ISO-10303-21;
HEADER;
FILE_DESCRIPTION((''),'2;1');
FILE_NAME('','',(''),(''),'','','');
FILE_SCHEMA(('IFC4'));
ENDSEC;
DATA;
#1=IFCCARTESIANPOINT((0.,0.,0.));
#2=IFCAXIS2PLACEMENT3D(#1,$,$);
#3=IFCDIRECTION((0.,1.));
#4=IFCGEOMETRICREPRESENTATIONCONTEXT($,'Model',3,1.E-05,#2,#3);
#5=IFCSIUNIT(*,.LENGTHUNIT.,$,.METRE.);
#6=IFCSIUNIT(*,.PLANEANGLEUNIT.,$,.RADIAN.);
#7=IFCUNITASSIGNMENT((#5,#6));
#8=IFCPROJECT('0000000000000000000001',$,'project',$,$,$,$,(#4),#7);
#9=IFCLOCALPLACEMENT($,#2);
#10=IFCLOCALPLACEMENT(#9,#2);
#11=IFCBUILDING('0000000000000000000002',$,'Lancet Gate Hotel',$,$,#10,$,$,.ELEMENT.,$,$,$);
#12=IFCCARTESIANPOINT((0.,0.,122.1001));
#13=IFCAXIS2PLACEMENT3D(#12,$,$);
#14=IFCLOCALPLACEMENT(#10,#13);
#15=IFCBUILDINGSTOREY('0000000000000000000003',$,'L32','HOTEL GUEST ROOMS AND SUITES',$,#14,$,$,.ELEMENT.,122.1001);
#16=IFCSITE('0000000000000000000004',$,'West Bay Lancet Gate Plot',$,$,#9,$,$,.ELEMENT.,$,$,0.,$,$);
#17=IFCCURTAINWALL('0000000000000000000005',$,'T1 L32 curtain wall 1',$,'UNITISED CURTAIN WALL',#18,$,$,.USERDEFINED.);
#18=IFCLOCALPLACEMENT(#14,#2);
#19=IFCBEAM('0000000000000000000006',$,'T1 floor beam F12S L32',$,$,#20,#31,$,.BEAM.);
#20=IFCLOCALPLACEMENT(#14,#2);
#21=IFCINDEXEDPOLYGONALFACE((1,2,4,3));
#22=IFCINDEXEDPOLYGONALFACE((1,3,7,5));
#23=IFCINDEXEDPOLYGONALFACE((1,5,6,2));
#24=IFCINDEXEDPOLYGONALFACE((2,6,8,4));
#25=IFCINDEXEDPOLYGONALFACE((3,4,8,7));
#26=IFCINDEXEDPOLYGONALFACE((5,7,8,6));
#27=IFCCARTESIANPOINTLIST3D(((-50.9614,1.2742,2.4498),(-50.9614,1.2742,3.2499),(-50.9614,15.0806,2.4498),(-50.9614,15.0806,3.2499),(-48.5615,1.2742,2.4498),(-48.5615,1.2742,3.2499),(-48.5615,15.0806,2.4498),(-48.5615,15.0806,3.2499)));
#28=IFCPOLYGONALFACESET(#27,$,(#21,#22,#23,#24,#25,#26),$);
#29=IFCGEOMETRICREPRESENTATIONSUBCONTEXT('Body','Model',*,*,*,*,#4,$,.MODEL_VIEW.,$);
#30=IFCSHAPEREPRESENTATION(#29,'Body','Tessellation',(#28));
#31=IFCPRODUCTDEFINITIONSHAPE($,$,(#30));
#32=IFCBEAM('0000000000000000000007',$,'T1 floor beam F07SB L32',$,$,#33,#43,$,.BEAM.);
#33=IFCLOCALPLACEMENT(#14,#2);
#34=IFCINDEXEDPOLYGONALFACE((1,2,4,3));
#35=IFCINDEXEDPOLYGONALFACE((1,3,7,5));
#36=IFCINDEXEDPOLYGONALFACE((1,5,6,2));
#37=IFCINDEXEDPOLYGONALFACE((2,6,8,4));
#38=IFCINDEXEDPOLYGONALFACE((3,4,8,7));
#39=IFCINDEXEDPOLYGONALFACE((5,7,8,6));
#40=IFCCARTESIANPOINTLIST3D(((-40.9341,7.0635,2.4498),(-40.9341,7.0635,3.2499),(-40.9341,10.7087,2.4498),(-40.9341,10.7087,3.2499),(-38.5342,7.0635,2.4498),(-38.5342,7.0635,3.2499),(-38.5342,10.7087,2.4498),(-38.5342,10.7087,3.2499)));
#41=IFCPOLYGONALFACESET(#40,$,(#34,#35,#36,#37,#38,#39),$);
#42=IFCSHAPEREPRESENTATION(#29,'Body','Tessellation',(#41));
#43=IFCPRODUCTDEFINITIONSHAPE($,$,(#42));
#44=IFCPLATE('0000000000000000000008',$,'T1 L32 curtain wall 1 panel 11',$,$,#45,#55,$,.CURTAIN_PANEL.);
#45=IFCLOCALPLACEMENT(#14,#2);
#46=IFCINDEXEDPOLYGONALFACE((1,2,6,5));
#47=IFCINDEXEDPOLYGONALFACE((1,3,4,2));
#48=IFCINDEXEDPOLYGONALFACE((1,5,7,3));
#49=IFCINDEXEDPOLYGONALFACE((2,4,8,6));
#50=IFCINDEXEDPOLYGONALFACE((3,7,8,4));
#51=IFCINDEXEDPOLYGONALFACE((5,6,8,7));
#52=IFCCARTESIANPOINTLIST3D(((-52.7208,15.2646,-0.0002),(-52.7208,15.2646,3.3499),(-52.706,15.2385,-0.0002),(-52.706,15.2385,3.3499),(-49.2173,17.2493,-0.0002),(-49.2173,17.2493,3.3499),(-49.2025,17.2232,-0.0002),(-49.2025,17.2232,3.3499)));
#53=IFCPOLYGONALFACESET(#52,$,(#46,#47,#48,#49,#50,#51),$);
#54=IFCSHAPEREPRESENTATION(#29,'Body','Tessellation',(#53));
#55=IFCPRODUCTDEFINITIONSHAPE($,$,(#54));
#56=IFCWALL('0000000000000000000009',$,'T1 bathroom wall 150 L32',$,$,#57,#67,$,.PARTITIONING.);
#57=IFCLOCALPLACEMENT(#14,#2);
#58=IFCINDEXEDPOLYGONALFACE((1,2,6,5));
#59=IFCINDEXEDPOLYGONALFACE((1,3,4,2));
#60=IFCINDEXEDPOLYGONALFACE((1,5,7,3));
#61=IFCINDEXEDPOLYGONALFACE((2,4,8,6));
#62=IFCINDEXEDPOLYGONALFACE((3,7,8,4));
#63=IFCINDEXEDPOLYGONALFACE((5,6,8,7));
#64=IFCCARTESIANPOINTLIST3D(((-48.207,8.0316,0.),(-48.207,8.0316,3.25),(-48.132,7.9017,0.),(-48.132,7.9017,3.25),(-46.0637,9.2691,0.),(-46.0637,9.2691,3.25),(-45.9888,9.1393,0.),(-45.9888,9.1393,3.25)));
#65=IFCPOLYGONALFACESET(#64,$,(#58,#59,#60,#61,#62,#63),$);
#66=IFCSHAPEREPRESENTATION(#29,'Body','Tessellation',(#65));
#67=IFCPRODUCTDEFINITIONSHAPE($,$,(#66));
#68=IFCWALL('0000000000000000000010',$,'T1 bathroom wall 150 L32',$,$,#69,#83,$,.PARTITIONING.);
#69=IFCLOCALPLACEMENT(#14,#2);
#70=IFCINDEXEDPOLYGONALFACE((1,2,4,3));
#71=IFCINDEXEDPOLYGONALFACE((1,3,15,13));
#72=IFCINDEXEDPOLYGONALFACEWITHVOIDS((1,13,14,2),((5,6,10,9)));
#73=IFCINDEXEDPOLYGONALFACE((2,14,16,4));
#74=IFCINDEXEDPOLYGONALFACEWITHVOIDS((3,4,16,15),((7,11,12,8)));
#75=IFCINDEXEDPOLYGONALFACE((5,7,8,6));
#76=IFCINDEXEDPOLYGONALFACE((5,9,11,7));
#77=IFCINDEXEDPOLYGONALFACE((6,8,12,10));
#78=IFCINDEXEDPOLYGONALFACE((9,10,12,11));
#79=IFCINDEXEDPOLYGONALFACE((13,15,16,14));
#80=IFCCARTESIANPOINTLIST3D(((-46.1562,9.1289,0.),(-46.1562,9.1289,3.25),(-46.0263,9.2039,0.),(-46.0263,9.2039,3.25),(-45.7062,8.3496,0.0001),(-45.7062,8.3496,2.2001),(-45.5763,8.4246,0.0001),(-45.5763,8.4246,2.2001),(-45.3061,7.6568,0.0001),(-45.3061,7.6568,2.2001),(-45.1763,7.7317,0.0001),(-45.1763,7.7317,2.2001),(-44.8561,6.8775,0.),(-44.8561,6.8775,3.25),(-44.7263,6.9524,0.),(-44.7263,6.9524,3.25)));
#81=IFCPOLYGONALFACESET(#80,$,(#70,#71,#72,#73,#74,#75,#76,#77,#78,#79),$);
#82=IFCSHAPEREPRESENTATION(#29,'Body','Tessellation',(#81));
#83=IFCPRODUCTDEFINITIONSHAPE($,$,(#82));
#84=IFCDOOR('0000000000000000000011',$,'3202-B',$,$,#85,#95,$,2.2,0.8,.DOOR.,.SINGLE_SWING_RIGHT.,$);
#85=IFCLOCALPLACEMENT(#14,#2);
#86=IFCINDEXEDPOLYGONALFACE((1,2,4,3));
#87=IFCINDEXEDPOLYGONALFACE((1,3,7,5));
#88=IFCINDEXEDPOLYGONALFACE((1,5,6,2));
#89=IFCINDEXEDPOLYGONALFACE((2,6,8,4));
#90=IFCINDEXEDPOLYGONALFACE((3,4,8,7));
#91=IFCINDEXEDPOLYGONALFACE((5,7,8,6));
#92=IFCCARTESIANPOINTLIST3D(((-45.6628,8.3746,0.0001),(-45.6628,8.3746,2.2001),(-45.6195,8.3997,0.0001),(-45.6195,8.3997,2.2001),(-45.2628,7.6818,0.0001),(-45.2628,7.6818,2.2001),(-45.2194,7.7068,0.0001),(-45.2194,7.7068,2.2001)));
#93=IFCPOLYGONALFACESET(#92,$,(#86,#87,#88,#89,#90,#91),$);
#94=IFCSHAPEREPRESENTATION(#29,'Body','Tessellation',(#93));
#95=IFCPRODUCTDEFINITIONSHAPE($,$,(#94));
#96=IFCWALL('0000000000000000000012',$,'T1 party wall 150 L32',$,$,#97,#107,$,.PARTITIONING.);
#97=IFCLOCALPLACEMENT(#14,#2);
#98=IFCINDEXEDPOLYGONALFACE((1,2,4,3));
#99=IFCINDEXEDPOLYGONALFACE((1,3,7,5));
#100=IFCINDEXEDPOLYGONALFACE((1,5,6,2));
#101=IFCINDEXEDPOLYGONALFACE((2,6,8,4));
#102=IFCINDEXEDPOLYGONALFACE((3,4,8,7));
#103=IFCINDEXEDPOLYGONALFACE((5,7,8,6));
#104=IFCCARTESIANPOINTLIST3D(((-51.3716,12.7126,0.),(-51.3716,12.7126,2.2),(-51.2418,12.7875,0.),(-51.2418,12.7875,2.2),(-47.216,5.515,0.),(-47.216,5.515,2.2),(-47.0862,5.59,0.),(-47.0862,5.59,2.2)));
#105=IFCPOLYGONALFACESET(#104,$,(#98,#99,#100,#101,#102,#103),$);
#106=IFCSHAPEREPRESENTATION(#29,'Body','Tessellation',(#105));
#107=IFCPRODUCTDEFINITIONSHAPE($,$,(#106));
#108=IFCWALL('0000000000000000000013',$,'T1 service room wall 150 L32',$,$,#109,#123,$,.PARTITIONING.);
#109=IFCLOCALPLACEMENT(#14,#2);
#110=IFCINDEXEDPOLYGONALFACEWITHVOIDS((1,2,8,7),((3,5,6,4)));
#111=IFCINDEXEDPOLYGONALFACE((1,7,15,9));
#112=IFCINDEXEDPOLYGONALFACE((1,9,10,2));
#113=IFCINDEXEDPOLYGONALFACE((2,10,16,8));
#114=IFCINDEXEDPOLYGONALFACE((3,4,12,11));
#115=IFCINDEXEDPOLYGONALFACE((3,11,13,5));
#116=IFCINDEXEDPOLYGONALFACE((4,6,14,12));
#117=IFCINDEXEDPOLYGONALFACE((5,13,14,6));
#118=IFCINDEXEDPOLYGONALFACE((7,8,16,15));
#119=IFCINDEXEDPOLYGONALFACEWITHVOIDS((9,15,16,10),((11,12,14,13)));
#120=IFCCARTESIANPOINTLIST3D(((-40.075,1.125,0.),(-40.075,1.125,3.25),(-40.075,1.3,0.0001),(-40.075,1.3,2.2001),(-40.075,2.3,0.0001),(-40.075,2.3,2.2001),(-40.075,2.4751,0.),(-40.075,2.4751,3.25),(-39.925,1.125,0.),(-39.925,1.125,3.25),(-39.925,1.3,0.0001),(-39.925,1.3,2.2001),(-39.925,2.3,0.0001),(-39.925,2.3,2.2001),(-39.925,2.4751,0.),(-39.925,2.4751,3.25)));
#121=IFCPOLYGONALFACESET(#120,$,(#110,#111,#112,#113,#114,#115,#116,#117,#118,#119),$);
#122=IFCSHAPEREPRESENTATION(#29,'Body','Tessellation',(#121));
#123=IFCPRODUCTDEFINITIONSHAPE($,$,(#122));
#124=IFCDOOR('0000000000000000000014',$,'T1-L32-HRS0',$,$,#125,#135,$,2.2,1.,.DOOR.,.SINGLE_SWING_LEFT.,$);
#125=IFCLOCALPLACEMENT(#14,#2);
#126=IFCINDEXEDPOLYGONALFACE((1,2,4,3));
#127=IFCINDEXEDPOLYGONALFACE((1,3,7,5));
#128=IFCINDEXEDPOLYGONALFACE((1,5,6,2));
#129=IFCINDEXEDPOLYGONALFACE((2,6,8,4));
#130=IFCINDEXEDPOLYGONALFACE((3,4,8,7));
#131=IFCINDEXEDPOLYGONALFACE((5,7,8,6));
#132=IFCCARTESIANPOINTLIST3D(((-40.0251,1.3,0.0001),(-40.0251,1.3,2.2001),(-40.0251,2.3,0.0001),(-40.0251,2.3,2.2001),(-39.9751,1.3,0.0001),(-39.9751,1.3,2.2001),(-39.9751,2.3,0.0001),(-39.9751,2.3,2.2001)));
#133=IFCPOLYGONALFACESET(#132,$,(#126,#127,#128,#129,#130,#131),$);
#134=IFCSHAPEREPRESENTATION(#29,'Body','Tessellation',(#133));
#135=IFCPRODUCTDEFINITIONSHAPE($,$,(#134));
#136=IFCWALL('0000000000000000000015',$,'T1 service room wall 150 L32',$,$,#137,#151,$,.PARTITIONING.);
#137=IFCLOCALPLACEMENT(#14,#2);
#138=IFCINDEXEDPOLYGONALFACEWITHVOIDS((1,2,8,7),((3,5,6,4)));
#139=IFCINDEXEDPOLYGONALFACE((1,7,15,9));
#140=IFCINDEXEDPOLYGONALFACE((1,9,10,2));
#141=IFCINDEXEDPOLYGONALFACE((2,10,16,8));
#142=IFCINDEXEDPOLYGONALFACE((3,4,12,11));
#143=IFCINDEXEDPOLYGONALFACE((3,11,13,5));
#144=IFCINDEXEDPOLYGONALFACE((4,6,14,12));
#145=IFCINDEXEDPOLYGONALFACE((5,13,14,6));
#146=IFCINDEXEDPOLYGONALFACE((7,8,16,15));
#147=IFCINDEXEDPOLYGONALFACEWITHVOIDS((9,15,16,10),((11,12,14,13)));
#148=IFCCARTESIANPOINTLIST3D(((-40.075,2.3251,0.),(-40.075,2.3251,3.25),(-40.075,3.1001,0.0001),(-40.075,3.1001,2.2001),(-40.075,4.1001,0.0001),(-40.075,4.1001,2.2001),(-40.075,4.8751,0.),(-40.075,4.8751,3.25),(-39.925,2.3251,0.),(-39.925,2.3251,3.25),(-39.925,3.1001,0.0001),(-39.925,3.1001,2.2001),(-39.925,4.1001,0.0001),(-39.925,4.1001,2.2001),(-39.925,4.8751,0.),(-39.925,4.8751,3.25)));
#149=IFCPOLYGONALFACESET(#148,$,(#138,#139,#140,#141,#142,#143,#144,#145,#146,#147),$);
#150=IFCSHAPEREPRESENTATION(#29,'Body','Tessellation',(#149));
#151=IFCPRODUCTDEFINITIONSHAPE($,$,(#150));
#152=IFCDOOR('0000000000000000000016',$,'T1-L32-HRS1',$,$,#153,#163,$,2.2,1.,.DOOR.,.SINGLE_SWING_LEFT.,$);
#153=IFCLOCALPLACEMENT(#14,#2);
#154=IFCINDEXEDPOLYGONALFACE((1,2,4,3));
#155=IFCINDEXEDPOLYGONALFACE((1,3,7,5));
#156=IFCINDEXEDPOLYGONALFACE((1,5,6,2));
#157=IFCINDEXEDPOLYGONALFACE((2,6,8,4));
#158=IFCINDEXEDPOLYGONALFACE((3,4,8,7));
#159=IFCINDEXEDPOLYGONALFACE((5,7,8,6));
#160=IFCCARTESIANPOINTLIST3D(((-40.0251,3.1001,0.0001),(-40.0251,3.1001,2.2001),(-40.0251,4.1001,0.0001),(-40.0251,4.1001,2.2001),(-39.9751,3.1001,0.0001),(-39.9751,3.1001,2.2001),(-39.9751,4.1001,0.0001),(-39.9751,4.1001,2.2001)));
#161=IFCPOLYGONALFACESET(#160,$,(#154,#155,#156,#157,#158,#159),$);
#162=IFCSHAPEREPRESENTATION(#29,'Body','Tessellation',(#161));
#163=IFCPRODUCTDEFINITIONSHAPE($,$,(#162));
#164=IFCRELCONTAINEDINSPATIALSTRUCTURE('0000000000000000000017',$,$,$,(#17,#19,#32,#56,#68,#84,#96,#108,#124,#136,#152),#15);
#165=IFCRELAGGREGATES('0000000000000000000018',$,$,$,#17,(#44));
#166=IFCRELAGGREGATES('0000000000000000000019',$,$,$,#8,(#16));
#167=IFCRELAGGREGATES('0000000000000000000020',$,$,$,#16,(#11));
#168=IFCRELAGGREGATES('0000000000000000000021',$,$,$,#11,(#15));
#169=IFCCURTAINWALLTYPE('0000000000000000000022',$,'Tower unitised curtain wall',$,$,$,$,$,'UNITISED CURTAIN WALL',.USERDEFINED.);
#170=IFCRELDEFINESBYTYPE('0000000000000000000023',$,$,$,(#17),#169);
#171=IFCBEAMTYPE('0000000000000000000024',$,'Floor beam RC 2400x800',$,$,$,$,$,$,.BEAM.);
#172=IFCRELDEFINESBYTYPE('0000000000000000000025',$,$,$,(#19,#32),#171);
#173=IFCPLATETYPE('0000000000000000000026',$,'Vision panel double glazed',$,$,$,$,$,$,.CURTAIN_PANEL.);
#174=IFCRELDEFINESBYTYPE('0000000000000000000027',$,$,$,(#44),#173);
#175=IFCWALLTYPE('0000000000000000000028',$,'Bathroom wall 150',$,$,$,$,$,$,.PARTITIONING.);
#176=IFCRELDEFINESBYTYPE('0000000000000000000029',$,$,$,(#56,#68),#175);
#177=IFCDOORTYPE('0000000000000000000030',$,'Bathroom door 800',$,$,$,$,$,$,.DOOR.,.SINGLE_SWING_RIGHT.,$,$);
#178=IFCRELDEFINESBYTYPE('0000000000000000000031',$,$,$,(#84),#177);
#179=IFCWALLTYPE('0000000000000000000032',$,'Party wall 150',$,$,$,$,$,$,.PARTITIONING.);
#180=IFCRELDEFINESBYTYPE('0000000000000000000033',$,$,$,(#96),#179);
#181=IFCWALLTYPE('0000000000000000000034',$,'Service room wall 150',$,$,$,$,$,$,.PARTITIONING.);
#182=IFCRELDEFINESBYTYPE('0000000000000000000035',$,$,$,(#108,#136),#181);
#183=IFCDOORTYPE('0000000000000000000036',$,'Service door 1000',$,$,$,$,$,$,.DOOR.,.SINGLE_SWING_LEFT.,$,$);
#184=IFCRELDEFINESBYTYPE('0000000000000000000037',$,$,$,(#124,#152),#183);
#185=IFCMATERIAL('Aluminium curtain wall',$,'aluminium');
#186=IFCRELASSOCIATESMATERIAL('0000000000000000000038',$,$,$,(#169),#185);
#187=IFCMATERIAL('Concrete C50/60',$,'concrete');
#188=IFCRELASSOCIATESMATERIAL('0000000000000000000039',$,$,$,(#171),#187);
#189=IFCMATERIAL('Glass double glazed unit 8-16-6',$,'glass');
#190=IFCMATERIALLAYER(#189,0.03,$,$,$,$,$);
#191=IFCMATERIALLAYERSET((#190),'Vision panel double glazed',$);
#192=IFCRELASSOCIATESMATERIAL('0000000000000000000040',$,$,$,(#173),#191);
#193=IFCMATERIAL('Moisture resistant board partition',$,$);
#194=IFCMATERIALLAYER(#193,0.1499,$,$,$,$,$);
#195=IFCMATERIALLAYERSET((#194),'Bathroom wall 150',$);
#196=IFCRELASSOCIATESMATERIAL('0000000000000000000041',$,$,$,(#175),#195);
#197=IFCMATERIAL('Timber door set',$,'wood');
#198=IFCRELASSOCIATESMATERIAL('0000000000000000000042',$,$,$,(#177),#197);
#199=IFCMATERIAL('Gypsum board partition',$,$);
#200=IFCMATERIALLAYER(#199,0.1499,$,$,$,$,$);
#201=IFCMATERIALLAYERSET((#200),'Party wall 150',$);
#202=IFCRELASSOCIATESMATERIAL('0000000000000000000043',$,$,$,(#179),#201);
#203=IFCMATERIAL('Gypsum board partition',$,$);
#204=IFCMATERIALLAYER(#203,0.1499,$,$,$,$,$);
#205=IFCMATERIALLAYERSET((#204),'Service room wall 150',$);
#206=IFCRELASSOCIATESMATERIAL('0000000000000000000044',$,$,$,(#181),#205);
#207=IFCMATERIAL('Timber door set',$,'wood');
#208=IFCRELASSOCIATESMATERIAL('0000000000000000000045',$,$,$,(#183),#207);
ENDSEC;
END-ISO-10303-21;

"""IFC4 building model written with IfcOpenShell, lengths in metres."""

from ifc_helpers import new_model, si_unit, direction, frame, frame_2d, origin, origin_2d, place, context, subcontext, project, spatial, rectangle, extrude, material, layer, layer_set, material_profile, profile_set, type_object, element, fill, aggregate, save


model = new_model("IFC4")

# Units and contexts
model_context = context("Model", 3, precision=1e-05, world=origin(), true_north=direction((0.0, 1.0)))
body_context = subcontext(model_context, "Body", "Model", "MODEL_VIEW")
ifc_project = project(units=[si_unit("LENGTHUNIT", "METRE"), si_unit("PLANEANGLEUNIT", "RADIAN")], contexts=[model_context])

# Site, building, storey
site_placement = place(None, origin())
site = spatial("IfcSite", under=ifc_project, at=site_placement, Name="West Bay Lancet Gate Plot", CompositionType="ELEMENT", RefElevation=0.0)
building_placement = place(site_placement, origin())
building = spatial("IfcBuilding", under=site, at=building_placement, Name="Lancet Gate Hotel", CompositionType="ELEMENT")
storey_placement = place(building_placement, frame((0.0, 0.0, 122.1001)))
storey = spatial("IfcBuildingStorey", under=building, at=storey_placement, Name="L32", Description="HOTEL GUEST ROOMS AND SUITES", CompositionType="ELEMENT", Elevation=122.1001)

# Curtain wall
ifc_material_1 = material(Name="Aluminium curtain wall", Category="aluminium")
curtain_wall_type = type_object("IfcCurtainWallType", Name="Tower unitised curtain wall", ElementType="UNITISED CURTAIN WALL", PredefinedType="USERDEFINED", material=ifc_material_1)
curtain_wall_placement = place(storey_placement, origin())
curtain_wall = element("IfcCurtainWall", 1, at=curtain_wall_placement, inside=storey, type_object=curtain_wall_type, Name="T1 L32 curtain wall 1", ObjectType="UNITISED CURTAIN WALL", PredefinedType="USERDEFINED")

# Beams
ifc_material_2 = material(Name="Concrete C50/60", Category="concrete")
ifc_material_profile_1 = material_profile(ifc_material_2, rectangle(XDim=2.3999, YDim=0.8, at=origin_2d()), Name="RC 2400x800")
ifc_profile_set_1 = profile_set([ifc_material_profile_1], Name="Concrete C50/60")
beam_type_1 = type_object("IfcBeamType", Name="Floor beam RC 2400x800", PredefinedType="BEAM", material=ifc_profile_set_1)
beam_1_placement = place(storey_placement, frame((-49.7615, 15.0806, 2.8499), z_axis=(0.0, -1.0, 0.0), x_axis=(1.0, 0.0, 0.0)))
element("IfcBeam", 2, at=beam_1_placement, inside=storey, type_object=beam_type_1, Name="T1 floor beam F12S L32", PredefinedType="BEAM", context=body_context, shape_type="SweptSolid", body=[
    extrude(rectangle(XDim=2.3999, YDim=0.8, at=origin_2d()), origin(), (0.0, 0.0, 1.0), 13.8064),
])
beam_2_placement = place(storey_placement, frame((-39.7341, 10.7087, 2.8499), z_axis=(0.0, -1.0, 0.0), x_axis=(1.0, 0.0, 0.0)))
element("IfcBeam", 3, at=beam_2_placement, inside=storey, type_object=beam_type_1, Name="T1 floor beam F07SB L32", PredefinedType="BEAM", context=body_context, shape_type="SweptSolid", body=[
    extrude(rectangle(XDim=2.3999, YDim=0.8, at=origin_2d()), origin(), (0.0, 0.0, 1.0), 3.6453),
])

# Plate
ifc_material_3 = material(Name="Glass double glazed unit 8-16-6", Category="glass")
ifc_layer_1 = layer(ifc_material_3, 0.03)
ifc_layer_set_1 = layer_set([ifc_layer_1], Name="Vision panel double glazed")
plate_type = type_object("IfcPlateType", Name="Vision panel double glazed", PredefinedType="CURTAIN_PANEL", material=ifc_layer_set_1)
plate_placement = place(storey_placement, frame((-50.9617, 16.2439, -0.0002), z_axis=(0.0, 0.0, 1.0), x_axis=(-0.870084, -0.492904, 0.0)))
plate = element("IfcPlate", 4, at=plate_placement, type_object=plate_type, Name="T1 L32 curtain wall 1 panel 11", PredefinedType="CURTAIN_PANEL", context=body_context, shape_type="SweptSolid", body=[
    extrude(rectangle(XDim=4.0266, YDim=0.03, at=origin_2d()), origin(), (0.0, 0.0, 1.0), 3.3501),
])
aggregate(curtain_wall, [plate])

# Wall
ifc_material_4 = material(Name="Moisture resistant board partition")
ifc_layer_2 = layer(ifc_material_4, 0.1499)
ifc_layer_set_2 = layer_set([ifc_layer_2], Name="Bathroom wall 150")
wall_type_1 = type_object("IfcWallType", Name="Bathroom wall 150", PredefinedType="PARTITIONING", material=ifc_layer_set_2)
wall_1_placement = place(storey_placement, frame((-46.0264, 9.2041, 0.0), z_axis=(0.0, 0.0, 1.0), x_axis=(-0.866007, -0.500033, 0.0)))
element("IfcWall", 5, at=wall_1_placement, inside=storey, type_object=wall_type_1, Name="T1 bathroom wall 150 L32", PredefinedType="PARTITIONING", context=body_context, shape_type="SweptSolid", body=[
    extrude(rectangle(XDim=2.4749, YDim=0.1499, at=frame_2d((1.2373, 0.0))), origin(), (0.0, 0.0, 1.0), 3.25),
])

# Wall, opening, door
wall_2_placement = place(storey_placement, frame((-44.7913, 6.915, 0.0), z_axis=(0.0, 0.0, 1.0), x_axis=(-0.500048, 0.865998, 0.0)))
wall_2 = element("IfcWall", 6, at=wall_2_placement, inside=storey, type_object=wall_type_1, Name="T1 bathroom wall 150 L32", PredefinedType="PARTITIONING", context=body_context, shape_type="SweptSolid", body=[
    extrude(rectangle(XDim=2.5999, YDim=0.1499, at=frame_2d((1.2998, 0.0))), origin(), (0.0, 0.0, 1.0), 3.25),
])
opening_1_placement = place(wall_2_placement, frame((0.8999, 0.0, 0.0)))
opening_1 = element("IfcOpeningElement", 7, at=opening_1_placement, cuts=wall_2, PredefinedType="OPENING", context=body_context, shape_type="SweptSolid", body=[
    extrude(rectangle(XDim=0.8, YDim=2.2, at=frame_2d((0.3999, 1.1001))), frame((0.0, 0.085, 0.0), z_axis=(0.0, -1.0, 0.0), x_axis=(1.0, 0.0, 0.0)), (0.0, 0.0, 1.0), 0.1699),
])
ifc_material_5 = material(Name="Timber door set", Category="wood")
door_type_1 = type_object("IfcDoorType", Name="Bathroom door 800", OperationType="SINGLE_SWING_RIGHT", PredefinedType="DOOR", material=ifc_material_5)
door_1_placement = place(opening_1_placement, origin())
door_1 = element("IfcDoor", 8, at=door_1_placement, inside=storey, type_object=door_type_1, Name="3202-B", OperationType="SINGLE_SWING_RIGHT", OverallHeight=2.2, OverallWidth=0.8, PredefinedType="DOOR", context=body_context, shape_type="SweptSolid", body=[
    extrude(rectangle(XDim=0.8, YDim=2.2, at=frame_2d((0.3999, 1.1001))), frame((0.0, 0.0249, 0.0), z_axis=(0.0, -1.0, 0.0), x_axis=(1.0, 0.0, 0.0)), (0.0, 0.0, 1.0), 0.05),
])
fill(opening_1, door_1)

# Wall
ifc_material_6 = material(Name="Gypsum board partition")
ifc_layer_3 = layer(ifc_material_6, 0.1499)
ifc_layer_set_3 = layer_set([ifc_layer_3], Name="Party wall 150")
wall_type_2 = type_object("IfcWallType", Name="Party wall 150", PredefinedType="PARTITIONING", material=ifc_layer_set_3)
wall_3_placement = place(storey_placement, frame((-47.1511, 5.5525, 0.0), z_axis=(0.0, 0.0, 1.0), x_axis=(-0.500003, 0.866024, 0.0)))
element("IfcWall", 9, at=wall_3_placement, inside=storey, type_object=wall_type_2, Name="T1 party wall 150 L32", PredefinedType="PARTITIONING", context=body_context, shape_type="SweptSolid", body=[
    extrude(rectangle(XDim=8.311, YDim=0.1499, at=frame_2d((4.1555, 0.0))), origin(), (0.0, 0.0, 1.0), 2.2),
])

# Walls, openings, doors
ifc_material_7 = material(Name="Gypsum board partition")
ifc_layer_4 = layer(ifc_material_7, 0.1499)
ifc_layer_set_4 = layer_set([ifc_layer_4], Name="Service room wall 150")
wall_type_3 = type_object("IfcWallType", Name="Service room wall 150", PredefinedType="PARTITIONING", material=ifc_layer_set_4)
wall_4_placement = place(storey_placement, frame((-40.0, 2.4751, 0.0), z_axis=(0.0, 0.0, 1.0), x_axis=(0.0, -1.0, 0.0)))
wall_4 = element("IfcWall", 10, at=wall_4_placement, inside=storey, type_object=wall_type_3, Name="T1 service room wall 150 L32", PredefinedType="PARTITIONING", context=body_context, shape_type="SweptSolid", body=[
    extrude(rectangle(XDim=1.3501, YDim=0.1499, at=frame_2d((0.675, 0.0))), origin(), (0.0, 0.0, 1.0), 3.25),
])
opening_2_placement = place(wall_4_placement, frame((0.175, 0.0, 0.0)))
opening_2 = element("IfcOpeningElement", 11, at=opening_2_placement, cuts=wall_4, PredefinedType="OPENING", context=body_context, shape_type="SweptSolid", body=[
    extrude(rectangle(XDim=1.0, YDim=2.2, at=frame_2d((0.5, 1.1001))), frame((0.0, 0.085, 0.0), z_axis=(0.0, -1.0, 0.0), x_axis=(1.0, 0.0, 0.0)), (0.0, 0.0, 1.0), 0.1699),
])
ifc_material_8 = material(Name="Timber door set", Category="wood")
door_type_2 = type_object("IfcDoorType", Name="Service door 1000", OperationType="SINGLE_SWING_LEFT", PredefinedType="DOOR", material=ifc_material_8)
door_2_placement = place(opening_2_placement, origin())
door_2 = element("IfcDoor", 12, at=door_2_placement, inside=storey, type_object=door_type_2, Name="T1-L32-HRS0", OperationType="SINGLE_SWING_LEFT", OverallHeight=2.2, OverallWidth=1.0, PredefinedType="DOOR", context=body_context, shape_type="SweptSolid", body=[
    extrude(rectangle(XDim=1.0, YDim=2.2, at=frame_2d((0.5, 1.1001))), frame((0.0, 0.0249, 0.0), z_axis=(0.0, -1.0, 0.0), x_axis=(1.0, 0.0, 0.0)), (0.0, 0.0, 1.0), 0.05),
])
fill(opening_2, door_2)
wall_5_placement = place(storey_placement, frame((-40.0, 4.875, 0.0), z_axis=(0.0, 0.0, 1.0), x_axis=(0.0, -1.0, 0.0)))
wall_5 = element("IfcWall", 13, at=wall_5_placement, inside=storey, type_object=wall_type_3, Name="T1 service room wall 150 L32", PredefinedType="PARTITIONING", context=body_context, shape_type="SweptSolid", body=[
    extrude(rectangle(XDim=2.55, YDim=0.1499, at=frame_2d((1.2749, 0.0))), origin(), (0.0, 0.0, 1.0), 3.25),
])
opening_3_placement = place(wall_5_placement, frame((0.7749, 0.0, 0.0)))
opening_3 = element("IfcOpeningElement", 14, at=opening_3_placement, cuts=wall_5, PredefinedType="OPENING", context=body_context, shape_type="SweptSolid", body=[
    extrude(rectangle(XDim=1.0, YDim=2.2, at=frame_2d((0.5, 1.1001))), frame((0.0, 0.085, 0.0), z_axis=(0.0, -1.0, 0.0), x_axis=(1.0, 0.0, 0.0)), (0.0, 0.0, 1.0), 0.1699),
])
door_3_placement = place(opening_3_placement, origin())
door_3 = element("IfcDoor", 15, at=door_3_placement, inside=storey, type_object=door_type_2, Name="T1-L32-HRS1", OperationType="SINGLE_SWING_LEFT", OverallHeight=2.2, OverallWidth=1.0, PredefinedType="DOOR", context=body_context, shape_type="SweptSolid", body=[
    extrude(rectangle(XDim=1.0, YDim=2.2, at=frame_2d((0.5, 1.1001))), frame((0.0, 0.0249, 0.0), z_axis=(0.0, -1.0, 0.0), x_axis=(1.0, 0.0, 0.0)), (0.0, 0.0, 1.0), 0.05),
])
fill(opening_3, door_3)

save(model, "model.ifc")
